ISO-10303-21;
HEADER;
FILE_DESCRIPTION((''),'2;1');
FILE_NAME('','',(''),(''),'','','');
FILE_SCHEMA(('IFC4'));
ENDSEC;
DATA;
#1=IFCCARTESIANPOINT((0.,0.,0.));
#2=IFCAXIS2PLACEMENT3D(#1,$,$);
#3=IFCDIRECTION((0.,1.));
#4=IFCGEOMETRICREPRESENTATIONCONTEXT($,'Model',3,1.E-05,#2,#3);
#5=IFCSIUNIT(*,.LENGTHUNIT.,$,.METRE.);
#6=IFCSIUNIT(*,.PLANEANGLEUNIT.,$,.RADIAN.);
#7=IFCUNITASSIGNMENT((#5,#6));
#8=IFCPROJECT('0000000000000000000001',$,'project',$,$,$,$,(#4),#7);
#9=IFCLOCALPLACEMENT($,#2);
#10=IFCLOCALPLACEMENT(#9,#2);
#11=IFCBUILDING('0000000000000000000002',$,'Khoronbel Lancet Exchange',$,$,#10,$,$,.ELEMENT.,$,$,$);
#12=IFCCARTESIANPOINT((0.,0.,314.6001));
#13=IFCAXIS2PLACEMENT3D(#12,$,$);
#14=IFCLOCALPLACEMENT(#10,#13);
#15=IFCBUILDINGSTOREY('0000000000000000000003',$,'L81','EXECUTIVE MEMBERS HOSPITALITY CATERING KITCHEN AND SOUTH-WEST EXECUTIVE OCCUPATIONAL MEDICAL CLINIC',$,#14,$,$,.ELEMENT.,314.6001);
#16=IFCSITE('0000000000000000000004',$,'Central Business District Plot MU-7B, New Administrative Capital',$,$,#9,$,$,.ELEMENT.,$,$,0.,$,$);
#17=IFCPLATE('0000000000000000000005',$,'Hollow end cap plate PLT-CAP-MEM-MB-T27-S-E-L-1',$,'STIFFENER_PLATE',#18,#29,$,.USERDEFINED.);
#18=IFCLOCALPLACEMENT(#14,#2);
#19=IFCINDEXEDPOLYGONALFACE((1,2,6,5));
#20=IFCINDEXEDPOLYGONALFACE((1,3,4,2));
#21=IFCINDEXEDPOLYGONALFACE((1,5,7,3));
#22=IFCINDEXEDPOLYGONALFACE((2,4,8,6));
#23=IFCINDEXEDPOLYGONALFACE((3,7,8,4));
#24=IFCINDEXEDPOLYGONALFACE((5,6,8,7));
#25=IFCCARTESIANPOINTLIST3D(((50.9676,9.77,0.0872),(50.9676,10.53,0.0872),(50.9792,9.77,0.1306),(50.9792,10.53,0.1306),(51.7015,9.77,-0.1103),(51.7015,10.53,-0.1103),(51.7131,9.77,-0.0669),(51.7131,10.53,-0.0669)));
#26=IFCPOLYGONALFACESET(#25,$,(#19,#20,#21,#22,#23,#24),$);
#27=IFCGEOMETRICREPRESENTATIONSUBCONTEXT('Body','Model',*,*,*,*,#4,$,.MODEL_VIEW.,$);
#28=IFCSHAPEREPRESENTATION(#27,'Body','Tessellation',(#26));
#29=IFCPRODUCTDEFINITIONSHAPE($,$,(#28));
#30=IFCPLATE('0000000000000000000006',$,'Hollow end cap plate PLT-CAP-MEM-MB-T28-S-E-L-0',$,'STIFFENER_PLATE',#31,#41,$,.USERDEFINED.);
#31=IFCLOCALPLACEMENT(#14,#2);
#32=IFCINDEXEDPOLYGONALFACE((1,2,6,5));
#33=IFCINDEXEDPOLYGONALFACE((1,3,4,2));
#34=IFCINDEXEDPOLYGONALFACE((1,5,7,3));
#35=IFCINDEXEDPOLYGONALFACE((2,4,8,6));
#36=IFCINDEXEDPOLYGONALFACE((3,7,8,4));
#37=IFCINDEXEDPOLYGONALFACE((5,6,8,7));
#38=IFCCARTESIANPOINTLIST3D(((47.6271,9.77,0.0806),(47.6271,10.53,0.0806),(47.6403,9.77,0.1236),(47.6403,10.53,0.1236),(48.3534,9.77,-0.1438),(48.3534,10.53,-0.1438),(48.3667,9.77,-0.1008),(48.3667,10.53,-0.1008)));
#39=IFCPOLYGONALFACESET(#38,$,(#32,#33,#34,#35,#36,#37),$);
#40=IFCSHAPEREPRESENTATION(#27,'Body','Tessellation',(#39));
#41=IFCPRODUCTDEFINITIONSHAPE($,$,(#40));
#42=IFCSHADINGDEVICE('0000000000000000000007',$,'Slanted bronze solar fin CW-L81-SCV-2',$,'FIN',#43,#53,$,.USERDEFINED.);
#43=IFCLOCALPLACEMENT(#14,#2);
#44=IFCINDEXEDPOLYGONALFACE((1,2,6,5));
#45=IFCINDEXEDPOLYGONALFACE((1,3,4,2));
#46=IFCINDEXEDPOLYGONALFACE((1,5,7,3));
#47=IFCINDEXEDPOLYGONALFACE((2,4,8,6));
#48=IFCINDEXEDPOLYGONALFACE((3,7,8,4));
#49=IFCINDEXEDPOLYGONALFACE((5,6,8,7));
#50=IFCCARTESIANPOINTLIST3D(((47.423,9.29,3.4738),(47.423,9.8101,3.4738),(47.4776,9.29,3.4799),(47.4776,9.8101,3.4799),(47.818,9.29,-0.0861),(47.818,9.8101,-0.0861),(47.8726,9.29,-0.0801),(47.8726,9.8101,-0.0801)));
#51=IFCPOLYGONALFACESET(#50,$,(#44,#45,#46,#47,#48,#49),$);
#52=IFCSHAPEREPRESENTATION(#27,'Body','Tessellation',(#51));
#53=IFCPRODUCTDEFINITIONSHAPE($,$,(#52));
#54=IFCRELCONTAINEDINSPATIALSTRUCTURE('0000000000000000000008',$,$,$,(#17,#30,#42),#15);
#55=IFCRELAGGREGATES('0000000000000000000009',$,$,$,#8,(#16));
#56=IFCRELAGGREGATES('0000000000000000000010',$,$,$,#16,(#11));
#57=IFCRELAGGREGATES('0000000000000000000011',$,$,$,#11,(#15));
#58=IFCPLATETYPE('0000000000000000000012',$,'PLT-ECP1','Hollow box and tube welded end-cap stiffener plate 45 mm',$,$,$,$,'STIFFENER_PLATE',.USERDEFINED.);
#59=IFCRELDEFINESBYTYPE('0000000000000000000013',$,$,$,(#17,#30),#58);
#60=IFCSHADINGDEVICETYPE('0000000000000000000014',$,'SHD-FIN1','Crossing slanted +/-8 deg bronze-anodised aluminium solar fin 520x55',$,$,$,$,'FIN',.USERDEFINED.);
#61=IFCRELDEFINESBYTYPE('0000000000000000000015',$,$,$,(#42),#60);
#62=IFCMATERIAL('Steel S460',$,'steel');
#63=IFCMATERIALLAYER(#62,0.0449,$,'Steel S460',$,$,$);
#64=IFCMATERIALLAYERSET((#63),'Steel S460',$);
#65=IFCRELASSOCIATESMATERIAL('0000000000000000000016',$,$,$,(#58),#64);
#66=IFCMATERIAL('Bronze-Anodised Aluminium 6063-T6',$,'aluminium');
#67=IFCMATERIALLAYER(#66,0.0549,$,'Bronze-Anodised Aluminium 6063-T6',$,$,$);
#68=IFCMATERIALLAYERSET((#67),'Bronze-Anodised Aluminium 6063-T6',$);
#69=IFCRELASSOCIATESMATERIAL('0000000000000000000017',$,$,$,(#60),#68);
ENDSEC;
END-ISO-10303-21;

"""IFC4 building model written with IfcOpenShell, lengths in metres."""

from ifc_helpers import new_model, si_unit, direction, frame, origin, place, context, subcontext, project, spatial, polyline, outline, extrude, material, layer, layer_set, type_object, element, save


model = new_model("IFC4")

# Units and contexts
model_context = context("Model", 3, precision=1e-05, world=origin(), true_north=direction((0.0, 1.0)))
body_context = subcontext(model_context, "Body", "Model", "MODEL_VIEW")
ifc_project = project(units=[si_unit("LENGTHUNIT", "METRE"), si_unit("PLANEANGLEUNIT", "RADIAN")], contexts=[model_context])

# Site, building, storey
site_placement = place(None, origin())
site = spatial("IfcSite", under=ifc_project, at=site_placement, Name="Central Business District Plot MU-7B, New Administrative Capital", CompositionType="ELEMENT", RefElevation=0.0)
building_placement = place(site_placement, origin())
building = spatial("IfcBuilding", under=site, at=building_placement, Name="Khoronbel Lancet Exchange", CompositionType="ELEMENT")
storey_placement = place(building_placement, frame((0.0, 0.0, 314.6001)))
storey = spatial("IfcBuildingStorey", under=building, at=storey_placement, Name="L81", Description="EXECUTIVE MEMBERS HOSPITALITY CATERING KITCHEN AND SOUTH-WEST EXECUTIVE OCCUPATIONAL MEDICAL CLINIC", CompositionType="ELEMENT", Elevation=314.6001)

# Shared definitions
ifc_material_1 = material(Name="Steel S460", Category="steel")

# Shared definitions
ifc_material_2 = material(Name="Bronze-Anodised Aluminium 6063-T6", Category="aluminium")

# Plates
ifc_layer_1 = layer(ifc_material_1, 0.0449, Name="Steel S460")
ifc_layer_set_1 = layer_set([ifc_layer_1], Name="Steel S460")
plate_type_1 = type_object("IfcPlateType", Name="PLT-ECP1", Description="Hollow box and tube welded end-cap stiffener plate 45 mm", ElementType="STIFFENER_PLATE", PredefinedType="USERDEFINED", material=ifc_layer_set_1)
plate_1_placement = place(storey_placement, frame((51.7131, 9.77, -0.0669), z_axis=(0.259881, 0.0, 0.965641), x_axis=(0.0, 1.0, 0.0)))
element("IfcPlate", 1, at=plate_1_placement, inside=storey, type_object=plate_type_1, Name="Hollow end cap plate PLT-CAP-MEM-MB-T27-S-E-L-1", ObjectType="STIFFENER_PLATE", PredefinedType="USERDEFINED", context=body_context, shape_type="SweptSolid", body=[
    extrude(outline(polyline([(0.0, 0.0), (0.76, 0.0), (0.76, 0.76), (0.0, 0.76), (0.0, 0.0)])), origin(), (0.0, 0.0, -1.0), 0.0449),
])
plate_2_placement = place(storey_placement, frame((48.3667, 9.77, -0.1008), z_axis=(0.295146, 0.0, 0.955452), x_axis=(0.0, 1.0, 0.0)))
element("IfcPlate", 2, at=plate_2_placement, inside=storey, type_object=plate_type_1, Name="Hollow end cap plate PLT-CAP-MEM-MB-T28-S-E-L-0", ObjectType="STIFFENER_PLATE", PredefinedType="USERDEFINED", context=body_context, shape_type="SweptSolid", body=[
    extrude(outline(polyline([(0.0, 0.0), (0.76, 0.0), (0.76, 0.7603), (0.0, 0.7603), (0.0, 0.0)])), origin(), (0.0, 0.0, -1.0), 0.0449),
])

# Shading device
ifc_layer_2 = layer(ifc_material_2, 0.0549, Name="Bronze-Anodised Aluminium 6063-T6")
ifc_layer_set_2 = layer_set([ifc_layer_2], Name="Bronze-Anodised Aluminium 6063-T6")
shading_device_type = type_object("IfcShadingDeviceType", Name="SHD-FIN1", Description="Crossing slanted +/-8 deg bronze-anodised aluminium solar fin 520x55", ElementType="FIN", PredefinedType="USERDEFINED", material=ifc_layer_set_2)
shading_device_placement = place(storey_placement, frame((47.8726, 9.8101, -0.0801), z_axis=(0.9939, 0.0, 0.110282), x_axis=(0.0, -1.0, 0.0)))
element("IfcShadingDevice", 3, at=shading_device_placement, inside=storey, type_object=shading_device_type, Name="Slanted bronze solar fin CW-L81-SCV-2", ObjectType="FIN", PredefinedType="USERDEFINED", context=body_context, shape_type="SweptSolid", body=[
    extrude(outline(polyline([(0.0, 0.0), (0.52, 0.0), (0.52, -3.5818), (0.0, -3.5818), (0.0, 0.0)])), origin(), (0.0, 0.0, -1.0), 0.0549),
])

save(model, "model.ifc")
